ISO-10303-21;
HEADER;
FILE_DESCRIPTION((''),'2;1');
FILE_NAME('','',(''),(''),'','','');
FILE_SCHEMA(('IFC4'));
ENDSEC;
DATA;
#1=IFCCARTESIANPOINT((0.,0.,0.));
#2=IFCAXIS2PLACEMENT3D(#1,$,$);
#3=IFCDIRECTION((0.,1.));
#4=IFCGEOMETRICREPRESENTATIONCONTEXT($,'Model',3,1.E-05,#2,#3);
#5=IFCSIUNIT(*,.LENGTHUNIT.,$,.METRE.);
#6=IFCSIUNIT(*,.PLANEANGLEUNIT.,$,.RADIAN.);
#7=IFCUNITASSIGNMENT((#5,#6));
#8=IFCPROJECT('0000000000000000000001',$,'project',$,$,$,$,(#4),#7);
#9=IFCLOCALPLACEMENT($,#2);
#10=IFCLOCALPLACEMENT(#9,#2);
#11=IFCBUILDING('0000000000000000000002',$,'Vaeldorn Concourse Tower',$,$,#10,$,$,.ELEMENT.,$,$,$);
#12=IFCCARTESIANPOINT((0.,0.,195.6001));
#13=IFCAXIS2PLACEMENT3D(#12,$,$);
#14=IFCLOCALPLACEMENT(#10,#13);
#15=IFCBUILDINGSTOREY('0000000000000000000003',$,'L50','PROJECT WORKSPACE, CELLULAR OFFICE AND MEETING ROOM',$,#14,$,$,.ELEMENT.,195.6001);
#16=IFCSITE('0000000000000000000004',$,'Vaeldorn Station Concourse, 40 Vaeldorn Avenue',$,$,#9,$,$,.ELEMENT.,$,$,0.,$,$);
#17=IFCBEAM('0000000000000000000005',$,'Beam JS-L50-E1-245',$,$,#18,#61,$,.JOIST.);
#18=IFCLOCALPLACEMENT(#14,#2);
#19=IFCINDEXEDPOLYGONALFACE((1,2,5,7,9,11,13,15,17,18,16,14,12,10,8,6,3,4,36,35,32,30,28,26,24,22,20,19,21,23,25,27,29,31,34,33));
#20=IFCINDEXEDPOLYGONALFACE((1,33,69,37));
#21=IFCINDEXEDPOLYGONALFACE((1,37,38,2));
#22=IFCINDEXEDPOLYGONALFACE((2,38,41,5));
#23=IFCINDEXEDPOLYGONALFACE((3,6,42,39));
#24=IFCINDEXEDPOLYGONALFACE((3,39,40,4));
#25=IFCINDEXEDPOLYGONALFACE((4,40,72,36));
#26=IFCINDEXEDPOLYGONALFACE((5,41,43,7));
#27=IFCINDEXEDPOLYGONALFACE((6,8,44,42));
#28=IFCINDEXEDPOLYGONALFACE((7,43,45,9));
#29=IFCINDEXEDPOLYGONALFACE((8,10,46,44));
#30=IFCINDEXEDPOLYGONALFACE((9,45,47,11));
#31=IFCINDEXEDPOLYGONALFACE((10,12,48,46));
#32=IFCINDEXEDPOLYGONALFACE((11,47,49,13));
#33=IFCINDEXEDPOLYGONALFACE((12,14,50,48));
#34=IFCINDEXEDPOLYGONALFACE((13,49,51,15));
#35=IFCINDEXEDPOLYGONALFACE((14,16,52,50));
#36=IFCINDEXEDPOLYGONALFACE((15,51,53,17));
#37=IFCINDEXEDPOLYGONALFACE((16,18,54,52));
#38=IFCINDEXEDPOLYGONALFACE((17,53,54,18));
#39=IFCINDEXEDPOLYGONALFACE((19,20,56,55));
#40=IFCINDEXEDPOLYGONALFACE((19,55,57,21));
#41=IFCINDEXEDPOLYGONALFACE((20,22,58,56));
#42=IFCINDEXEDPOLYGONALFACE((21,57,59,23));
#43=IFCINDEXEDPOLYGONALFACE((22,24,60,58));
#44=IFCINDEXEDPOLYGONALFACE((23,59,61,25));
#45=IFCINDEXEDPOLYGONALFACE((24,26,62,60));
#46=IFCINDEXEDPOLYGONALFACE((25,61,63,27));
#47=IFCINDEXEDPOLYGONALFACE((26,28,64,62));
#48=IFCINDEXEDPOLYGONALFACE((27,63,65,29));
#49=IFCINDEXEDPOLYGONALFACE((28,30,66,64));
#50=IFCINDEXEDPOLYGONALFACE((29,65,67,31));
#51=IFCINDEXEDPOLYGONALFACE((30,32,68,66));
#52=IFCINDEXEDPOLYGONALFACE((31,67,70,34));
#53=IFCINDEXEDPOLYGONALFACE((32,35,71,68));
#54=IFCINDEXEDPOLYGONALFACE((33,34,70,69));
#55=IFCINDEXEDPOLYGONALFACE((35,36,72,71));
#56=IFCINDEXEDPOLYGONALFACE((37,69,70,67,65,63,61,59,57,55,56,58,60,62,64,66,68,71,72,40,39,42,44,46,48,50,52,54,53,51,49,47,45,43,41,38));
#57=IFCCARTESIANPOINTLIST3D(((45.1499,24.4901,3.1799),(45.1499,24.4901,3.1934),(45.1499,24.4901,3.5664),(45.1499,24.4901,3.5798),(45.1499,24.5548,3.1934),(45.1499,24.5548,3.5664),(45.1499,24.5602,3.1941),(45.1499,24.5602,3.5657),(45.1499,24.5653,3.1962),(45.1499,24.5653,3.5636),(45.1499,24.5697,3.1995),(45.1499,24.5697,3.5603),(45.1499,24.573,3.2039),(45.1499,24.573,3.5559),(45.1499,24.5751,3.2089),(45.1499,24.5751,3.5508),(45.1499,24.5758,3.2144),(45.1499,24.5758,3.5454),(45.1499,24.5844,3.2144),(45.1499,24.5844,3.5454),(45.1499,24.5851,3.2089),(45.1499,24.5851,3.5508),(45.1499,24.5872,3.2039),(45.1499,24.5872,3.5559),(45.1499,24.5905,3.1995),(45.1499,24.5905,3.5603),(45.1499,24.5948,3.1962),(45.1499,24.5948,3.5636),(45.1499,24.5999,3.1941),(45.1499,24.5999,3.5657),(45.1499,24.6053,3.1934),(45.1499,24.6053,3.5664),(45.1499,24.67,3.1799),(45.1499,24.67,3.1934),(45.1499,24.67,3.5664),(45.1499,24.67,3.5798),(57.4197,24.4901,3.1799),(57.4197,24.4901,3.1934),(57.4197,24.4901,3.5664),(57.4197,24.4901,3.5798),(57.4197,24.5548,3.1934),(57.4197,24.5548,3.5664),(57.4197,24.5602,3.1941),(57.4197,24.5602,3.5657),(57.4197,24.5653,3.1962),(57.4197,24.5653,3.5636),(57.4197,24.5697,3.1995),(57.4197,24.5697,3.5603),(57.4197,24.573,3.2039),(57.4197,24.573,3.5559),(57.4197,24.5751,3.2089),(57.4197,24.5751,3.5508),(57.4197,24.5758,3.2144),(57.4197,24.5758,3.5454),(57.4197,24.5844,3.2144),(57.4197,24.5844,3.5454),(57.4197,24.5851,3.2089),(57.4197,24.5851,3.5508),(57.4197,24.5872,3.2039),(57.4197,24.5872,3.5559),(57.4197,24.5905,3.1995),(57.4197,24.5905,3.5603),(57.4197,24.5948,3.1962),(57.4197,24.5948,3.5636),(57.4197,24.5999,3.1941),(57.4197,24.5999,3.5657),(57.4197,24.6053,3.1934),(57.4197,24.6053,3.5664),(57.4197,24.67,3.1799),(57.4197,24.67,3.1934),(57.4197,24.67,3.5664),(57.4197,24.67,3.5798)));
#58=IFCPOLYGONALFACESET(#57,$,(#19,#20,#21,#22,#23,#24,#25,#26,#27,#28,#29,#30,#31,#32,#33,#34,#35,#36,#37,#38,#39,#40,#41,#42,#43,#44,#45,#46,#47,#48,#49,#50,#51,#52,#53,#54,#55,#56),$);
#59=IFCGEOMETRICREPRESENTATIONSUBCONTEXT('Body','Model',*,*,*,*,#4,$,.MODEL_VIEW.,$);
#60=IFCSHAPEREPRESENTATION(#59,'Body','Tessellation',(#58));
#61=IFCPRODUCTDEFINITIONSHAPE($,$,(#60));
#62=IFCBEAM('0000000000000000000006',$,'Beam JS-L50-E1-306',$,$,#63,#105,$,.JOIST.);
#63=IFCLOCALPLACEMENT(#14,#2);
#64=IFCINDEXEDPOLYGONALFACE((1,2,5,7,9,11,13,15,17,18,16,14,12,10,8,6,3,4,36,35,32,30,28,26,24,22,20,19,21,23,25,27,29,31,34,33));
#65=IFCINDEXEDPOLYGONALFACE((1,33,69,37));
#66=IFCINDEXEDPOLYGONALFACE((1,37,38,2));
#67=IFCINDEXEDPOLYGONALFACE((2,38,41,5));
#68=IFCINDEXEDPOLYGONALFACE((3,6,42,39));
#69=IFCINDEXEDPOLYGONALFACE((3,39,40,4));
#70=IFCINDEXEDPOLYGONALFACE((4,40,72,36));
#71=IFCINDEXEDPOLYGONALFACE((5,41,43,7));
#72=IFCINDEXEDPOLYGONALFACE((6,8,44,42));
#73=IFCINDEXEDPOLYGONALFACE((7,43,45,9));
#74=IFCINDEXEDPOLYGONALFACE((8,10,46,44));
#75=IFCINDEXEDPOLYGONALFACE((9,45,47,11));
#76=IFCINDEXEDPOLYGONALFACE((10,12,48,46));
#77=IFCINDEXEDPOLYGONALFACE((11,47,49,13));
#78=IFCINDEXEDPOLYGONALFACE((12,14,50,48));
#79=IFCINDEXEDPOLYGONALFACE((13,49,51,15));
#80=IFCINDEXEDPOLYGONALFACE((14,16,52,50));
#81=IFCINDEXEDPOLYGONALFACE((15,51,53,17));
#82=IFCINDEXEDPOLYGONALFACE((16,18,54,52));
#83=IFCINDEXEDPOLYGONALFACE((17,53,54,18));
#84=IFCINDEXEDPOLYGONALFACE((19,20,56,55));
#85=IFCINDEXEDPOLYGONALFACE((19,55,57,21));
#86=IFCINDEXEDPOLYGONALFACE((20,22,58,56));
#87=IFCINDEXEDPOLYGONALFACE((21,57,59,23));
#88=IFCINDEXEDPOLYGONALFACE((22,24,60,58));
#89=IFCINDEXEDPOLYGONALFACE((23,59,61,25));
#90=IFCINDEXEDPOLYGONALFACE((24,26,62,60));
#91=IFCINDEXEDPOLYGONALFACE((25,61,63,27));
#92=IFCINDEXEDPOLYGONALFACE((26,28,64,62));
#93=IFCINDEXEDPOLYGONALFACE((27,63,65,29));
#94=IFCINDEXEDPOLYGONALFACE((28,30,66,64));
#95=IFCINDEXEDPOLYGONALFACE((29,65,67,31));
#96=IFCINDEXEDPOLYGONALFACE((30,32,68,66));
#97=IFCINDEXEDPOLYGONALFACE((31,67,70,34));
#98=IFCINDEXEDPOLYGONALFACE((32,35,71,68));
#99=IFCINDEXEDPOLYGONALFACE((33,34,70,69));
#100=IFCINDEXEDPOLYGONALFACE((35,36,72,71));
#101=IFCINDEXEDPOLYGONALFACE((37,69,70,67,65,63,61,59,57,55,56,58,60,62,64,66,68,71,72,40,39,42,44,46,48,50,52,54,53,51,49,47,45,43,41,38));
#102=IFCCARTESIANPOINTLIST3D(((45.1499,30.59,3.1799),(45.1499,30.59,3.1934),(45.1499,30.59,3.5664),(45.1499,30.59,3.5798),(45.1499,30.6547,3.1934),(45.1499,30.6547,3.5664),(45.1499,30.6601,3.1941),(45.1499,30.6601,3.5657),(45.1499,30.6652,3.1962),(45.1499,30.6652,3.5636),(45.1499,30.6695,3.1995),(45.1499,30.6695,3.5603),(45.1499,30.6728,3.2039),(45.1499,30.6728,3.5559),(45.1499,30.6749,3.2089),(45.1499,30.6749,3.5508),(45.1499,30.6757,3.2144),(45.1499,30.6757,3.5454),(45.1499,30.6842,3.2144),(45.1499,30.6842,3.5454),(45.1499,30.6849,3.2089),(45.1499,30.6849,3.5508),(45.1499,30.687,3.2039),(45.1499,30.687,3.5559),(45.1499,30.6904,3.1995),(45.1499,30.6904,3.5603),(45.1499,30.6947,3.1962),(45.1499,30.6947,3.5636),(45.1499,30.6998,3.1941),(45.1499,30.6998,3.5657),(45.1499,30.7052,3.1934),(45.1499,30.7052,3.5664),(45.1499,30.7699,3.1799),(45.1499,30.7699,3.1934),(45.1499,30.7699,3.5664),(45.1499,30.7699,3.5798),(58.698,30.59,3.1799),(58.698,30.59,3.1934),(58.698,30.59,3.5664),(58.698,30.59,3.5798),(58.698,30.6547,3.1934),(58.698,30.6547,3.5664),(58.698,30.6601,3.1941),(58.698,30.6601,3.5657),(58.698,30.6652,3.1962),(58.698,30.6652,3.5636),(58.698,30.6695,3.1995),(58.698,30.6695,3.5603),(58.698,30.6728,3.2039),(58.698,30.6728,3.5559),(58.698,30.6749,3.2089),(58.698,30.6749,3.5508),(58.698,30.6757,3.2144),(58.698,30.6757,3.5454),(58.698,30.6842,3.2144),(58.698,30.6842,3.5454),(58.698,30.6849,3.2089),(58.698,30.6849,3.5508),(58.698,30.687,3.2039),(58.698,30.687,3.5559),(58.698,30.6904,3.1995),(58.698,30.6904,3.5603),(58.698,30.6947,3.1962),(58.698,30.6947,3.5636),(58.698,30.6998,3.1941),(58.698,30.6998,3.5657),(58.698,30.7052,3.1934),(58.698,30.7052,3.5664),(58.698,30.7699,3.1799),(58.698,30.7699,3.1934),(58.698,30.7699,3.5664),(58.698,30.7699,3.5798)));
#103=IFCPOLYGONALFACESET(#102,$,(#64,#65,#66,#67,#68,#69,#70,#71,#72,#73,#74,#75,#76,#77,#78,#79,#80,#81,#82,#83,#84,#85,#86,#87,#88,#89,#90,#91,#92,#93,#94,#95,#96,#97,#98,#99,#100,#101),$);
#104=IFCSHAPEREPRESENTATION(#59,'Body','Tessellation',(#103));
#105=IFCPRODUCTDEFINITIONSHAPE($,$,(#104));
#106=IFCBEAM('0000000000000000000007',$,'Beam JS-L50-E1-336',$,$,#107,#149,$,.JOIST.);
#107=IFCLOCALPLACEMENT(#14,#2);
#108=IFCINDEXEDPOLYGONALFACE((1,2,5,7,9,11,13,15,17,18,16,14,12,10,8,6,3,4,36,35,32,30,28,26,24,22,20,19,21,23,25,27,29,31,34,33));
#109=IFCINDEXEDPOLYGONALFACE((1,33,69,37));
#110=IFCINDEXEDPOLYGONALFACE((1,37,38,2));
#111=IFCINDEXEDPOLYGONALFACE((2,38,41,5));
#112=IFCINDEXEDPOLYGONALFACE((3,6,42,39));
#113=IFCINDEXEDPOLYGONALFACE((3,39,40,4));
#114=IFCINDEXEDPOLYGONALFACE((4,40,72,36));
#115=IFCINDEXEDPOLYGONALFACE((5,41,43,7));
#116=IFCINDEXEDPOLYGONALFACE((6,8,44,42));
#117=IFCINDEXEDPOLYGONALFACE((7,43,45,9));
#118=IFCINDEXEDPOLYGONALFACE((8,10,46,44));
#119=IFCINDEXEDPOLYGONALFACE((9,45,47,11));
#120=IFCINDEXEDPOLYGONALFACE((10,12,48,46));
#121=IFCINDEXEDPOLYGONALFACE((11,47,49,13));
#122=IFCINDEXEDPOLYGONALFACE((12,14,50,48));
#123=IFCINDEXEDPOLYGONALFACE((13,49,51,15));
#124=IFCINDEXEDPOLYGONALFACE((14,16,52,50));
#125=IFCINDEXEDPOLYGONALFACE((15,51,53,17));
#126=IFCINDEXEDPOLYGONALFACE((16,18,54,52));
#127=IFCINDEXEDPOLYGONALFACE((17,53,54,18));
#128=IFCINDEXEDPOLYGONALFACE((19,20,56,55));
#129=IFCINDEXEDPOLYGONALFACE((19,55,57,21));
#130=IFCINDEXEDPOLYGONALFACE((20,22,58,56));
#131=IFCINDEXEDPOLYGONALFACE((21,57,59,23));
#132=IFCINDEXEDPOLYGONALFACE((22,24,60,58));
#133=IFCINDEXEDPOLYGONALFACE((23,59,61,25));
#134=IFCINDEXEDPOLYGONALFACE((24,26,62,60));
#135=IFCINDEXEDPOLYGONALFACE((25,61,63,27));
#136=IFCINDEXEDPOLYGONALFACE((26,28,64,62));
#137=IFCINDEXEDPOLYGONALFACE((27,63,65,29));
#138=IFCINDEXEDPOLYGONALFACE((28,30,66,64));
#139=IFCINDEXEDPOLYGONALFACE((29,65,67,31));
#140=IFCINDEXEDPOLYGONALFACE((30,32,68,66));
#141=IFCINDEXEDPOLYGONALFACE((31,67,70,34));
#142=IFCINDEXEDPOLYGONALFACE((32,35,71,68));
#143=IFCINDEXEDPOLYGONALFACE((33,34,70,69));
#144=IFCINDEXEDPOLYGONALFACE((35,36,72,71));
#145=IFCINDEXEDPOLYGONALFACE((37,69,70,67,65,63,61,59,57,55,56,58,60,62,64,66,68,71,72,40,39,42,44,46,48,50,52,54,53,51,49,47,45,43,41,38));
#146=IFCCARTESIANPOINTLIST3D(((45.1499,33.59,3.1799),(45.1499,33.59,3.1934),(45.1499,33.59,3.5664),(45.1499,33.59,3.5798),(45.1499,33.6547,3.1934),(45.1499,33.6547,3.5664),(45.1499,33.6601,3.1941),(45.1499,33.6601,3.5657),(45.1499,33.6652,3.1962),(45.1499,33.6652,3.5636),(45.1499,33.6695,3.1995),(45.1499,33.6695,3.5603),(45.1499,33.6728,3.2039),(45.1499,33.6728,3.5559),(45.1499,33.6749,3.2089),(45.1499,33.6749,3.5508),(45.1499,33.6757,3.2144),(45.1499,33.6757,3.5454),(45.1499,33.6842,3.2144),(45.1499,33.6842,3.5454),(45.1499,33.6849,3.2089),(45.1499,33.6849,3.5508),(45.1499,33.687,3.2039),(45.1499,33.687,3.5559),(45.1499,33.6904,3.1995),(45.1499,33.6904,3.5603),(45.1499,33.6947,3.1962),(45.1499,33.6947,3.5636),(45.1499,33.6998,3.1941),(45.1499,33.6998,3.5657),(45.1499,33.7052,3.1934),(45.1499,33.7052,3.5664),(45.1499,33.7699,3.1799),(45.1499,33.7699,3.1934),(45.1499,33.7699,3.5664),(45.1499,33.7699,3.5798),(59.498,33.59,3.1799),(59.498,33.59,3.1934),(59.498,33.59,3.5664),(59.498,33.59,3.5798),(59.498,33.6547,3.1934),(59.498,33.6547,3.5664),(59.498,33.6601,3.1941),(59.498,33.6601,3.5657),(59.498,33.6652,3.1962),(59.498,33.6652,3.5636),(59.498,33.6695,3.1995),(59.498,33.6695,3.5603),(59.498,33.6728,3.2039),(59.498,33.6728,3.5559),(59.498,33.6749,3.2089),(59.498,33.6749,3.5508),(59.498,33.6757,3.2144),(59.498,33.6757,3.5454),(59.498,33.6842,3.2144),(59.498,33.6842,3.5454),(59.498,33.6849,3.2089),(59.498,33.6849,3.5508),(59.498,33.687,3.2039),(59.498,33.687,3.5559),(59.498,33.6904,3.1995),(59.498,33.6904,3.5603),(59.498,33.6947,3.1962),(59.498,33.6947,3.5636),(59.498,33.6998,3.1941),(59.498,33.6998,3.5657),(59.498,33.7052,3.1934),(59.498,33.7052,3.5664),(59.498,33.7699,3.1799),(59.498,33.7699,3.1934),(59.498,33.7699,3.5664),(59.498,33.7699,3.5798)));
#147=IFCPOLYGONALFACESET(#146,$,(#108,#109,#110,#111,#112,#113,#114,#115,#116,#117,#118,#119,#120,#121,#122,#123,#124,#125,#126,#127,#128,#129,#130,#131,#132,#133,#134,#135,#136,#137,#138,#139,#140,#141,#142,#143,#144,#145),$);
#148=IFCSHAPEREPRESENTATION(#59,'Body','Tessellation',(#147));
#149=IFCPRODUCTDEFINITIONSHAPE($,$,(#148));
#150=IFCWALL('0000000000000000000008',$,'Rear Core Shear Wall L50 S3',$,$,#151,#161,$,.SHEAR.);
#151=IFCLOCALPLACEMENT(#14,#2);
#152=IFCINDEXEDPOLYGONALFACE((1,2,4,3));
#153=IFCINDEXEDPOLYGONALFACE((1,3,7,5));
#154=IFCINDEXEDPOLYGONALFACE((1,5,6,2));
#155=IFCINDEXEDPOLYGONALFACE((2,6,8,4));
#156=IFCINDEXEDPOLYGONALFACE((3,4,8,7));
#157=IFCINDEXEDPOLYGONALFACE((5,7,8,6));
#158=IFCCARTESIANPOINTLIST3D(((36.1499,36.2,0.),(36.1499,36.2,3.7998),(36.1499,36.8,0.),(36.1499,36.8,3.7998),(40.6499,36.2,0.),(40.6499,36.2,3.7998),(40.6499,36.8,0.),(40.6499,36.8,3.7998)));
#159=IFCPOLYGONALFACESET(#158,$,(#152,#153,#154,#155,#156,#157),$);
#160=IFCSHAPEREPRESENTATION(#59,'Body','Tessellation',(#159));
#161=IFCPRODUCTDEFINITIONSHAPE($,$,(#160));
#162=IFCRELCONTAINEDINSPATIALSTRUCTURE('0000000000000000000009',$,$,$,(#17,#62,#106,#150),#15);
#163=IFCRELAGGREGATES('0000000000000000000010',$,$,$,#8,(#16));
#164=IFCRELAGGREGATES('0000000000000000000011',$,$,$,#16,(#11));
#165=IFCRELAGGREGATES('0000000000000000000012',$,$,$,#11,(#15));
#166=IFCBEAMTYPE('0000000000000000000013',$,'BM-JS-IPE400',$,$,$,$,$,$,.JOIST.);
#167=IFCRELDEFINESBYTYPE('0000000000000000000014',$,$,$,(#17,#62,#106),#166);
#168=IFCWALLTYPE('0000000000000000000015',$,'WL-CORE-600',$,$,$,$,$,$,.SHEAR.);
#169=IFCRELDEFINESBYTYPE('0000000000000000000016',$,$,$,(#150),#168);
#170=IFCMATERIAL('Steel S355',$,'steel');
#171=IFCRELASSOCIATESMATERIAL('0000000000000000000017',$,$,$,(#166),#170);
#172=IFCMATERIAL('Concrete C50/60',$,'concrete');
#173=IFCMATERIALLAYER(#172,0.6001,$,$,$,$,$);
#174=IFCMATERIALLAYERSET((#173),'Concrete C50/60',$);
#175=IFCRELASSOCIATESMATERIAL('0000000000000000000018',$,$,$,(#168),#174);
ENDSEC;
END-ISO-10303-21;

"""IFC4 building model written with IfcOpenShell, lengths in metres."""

from ifc_helpers import new_model, si_unit, direction, frame, frame_2d, origin, origin_2d, place, context, subcontext, project, spatial, rectangle, i_section, extrude, source, transform, mapped, material, layer, layer_set, material_profile, profile_set, type_object, element, save


model = new_model("IFC4")

# Units and contexts
model_context = context("Model", 3, precision=1e-05, world=origin(), true_north=direction((0.0, 1.0)))
body_context = subcontext(model_context, "Body", "Model", "MODEL_VIEW")
ifc_project = project(units=[si_unit("LENGTHUNIT", "METRE"), si_unit("PLANEANGLEUNIT", "RADIAN")], contexts=[model_context])

# Site, building, storey
site_placement = place(None, origin())
site = spatial("IfcSite", under=ifc_project, at=site_placement, Name="Vaeldorn Station Concourse, 40 Vaeldorn Avenue", CompositionType="ELEMENT", RefElevation=0.0)
building_placement = place(site_placement, origin())
building = spatial("IfcBuilding", under=site, at=building_placement, Name="Vaeldorn Concourse Tower", CompositionType="ELEMENT")
storey_placement = place(building_placement, frame((0.0, 0.0, 195.6001)))
storey = spatial("IfcBuildingStorey", under=building, at=storey_placement, Name="L50", Description="PROJECT WORKSPACE, CELLULAR OFFICE AND MEETING ROOM", CompositionType="ELEMENT", Elevation=195.6001)

# Shared definitions
ifc_material_1 = material(Name="Steel S355", Category="steel")

# Beams
ifc_material_2 = material(Name="Concrete C50/60", Category="concrete")
ifc_material_profile_1 = material_profile(ifc_material_1, i_section(OverallWidth=0.1799, OverallDepth=0.3999, WebThickness=0.0085, FlangeThickness=0.0134, FilletRadius=0.021, at=origin_2d()), Name="IPE 400")
ifc_profile_set_1 = profile_set([ifc_material_profile_1], Name="Steel S355")
beam_type_1 = type_object("IfcBeamType", Name="BM-JS-IPE400", PredefinedType="JOIST", material=ifc_profile_set_1)
shared_shape_1 = source(origin(), body_context, "Body", "SweptSolid", [
    extrude(i_section(OverallWidth=0.1799, OverallDepth=0.3999, WebThickness=0.0085, FlangeThickness=0.0134, FilletRadius=0.021, at=origin_2d()), origin(), (0.0, 0.0, 1.0), 12.2698),
])
beam_1_placement = place(storey_placement, frame((45.1499, 24.5801, 3.3799), z_axis=(1.0, 0.0, 0.0), x_axis=(0.0, 1.0, 0.0)))
element("IfcBeam", 1, at=beam_1_placement, inside=storey, type_object=beam_type_1, Name="Beam JS-L50-E1-245", PredefinedType="JOIST", context=body_context, shape_type="MappedRepresentation", body=[
    mapped(shared_shape_1, transform((0.0, 0.0, 0.0), scale=1.0)),
])
shared_shape_2 = source(origin(), body_context, "Body", "SweptSolid", [
    extrude(i_section(OverallWidth=0.1799, OverallDepth=0.3999, WebThickness=0.0085, FlangeThickness=0.0134, FilletRadius=0.021, at=origin_2d()), origin(), (0.0, 0.0, 1.0), 13.5481),
])
beam_2_placement = place(storey_placement, frame((45.1499, 30.6799, 3.3799), z_axis=(1.0, 0.0, 0.0), x_axis=(0.0, 1.0, 0.0)))
element("IfcBeam", 2, at=beam_2_placement, inside=storey, type_object=beam_type_1, Name="Beam JS-L50-E1-306", PredefinedType="JOIST", context=body_context, shape_type="MappedRepresentation", body=[
    mapped(shared_shape_2, transform((0.0, 0.0, 0.0), scale=1.0)),
])
shared_shape_3 = source(origin(), body_context, "Body", "SweptSolid", [
    extrude(i_section(OverallWidth=0.1799, OverallDepth=0.3999, WebThickness=0.0085, FlangeThickness=0.0134, FilletRadius=0.021, at=origin_2d()), origin(), (0.0, 0.0, 1.0), 14.3481),
])
beam_3_placement = place(storey_placement, frame((45.1499, 33.6799, 3.3799), z_axis=(1.0, 0.0, 0.0), x_axis=(0.0, 1.0, 0.0)))
element("IfcBeam", 3, at=beam_3_placement, inside=storey, type_object=beam_type_1, Name="Beam JS-L50-E1-336", PredefinedType="JOIST", context=body_context, shape_type="MappedRepresentation", body=[
    mapped(shared_shape_3, transform((0.0, 0.0, 0.0), scale=1.0)),
])

# Wall
ifc_layer_1 = layer(ifc_material_2, 0.6001)
ifc_layer_set_1 = layer_set([ifc_layer_1], Name="Concrete C50/60")
wall_type_1 = type_object("IfcWallType", Name="WL-CORE-600", PredefinedType="SHEAR", material=ifc_layer_set_1)
wall_1_placement = place(storey_placement, frame((36.1499, 36.5, 0.0), z_axis=(0.0, 0.0, 1.0), x_axis=(1.0, 0.0, 0.0)))
element("IfcWall", 4, at=wall_1_placement, inside=storey, type_object=wall_type_1, Name="Rear Core Shear Wall L50 S3", PredefinedType="SHEAR", context=body_context, shape_type="SweptSolid", body=[
    extrude(rectangle(XDim=4.5, YDim=0.6001, at=frame_2d((2.25, 0.0))), origin(), (0.0, 0.0, 1.0), 3.7998),
])

save(model, "model.ifc")
